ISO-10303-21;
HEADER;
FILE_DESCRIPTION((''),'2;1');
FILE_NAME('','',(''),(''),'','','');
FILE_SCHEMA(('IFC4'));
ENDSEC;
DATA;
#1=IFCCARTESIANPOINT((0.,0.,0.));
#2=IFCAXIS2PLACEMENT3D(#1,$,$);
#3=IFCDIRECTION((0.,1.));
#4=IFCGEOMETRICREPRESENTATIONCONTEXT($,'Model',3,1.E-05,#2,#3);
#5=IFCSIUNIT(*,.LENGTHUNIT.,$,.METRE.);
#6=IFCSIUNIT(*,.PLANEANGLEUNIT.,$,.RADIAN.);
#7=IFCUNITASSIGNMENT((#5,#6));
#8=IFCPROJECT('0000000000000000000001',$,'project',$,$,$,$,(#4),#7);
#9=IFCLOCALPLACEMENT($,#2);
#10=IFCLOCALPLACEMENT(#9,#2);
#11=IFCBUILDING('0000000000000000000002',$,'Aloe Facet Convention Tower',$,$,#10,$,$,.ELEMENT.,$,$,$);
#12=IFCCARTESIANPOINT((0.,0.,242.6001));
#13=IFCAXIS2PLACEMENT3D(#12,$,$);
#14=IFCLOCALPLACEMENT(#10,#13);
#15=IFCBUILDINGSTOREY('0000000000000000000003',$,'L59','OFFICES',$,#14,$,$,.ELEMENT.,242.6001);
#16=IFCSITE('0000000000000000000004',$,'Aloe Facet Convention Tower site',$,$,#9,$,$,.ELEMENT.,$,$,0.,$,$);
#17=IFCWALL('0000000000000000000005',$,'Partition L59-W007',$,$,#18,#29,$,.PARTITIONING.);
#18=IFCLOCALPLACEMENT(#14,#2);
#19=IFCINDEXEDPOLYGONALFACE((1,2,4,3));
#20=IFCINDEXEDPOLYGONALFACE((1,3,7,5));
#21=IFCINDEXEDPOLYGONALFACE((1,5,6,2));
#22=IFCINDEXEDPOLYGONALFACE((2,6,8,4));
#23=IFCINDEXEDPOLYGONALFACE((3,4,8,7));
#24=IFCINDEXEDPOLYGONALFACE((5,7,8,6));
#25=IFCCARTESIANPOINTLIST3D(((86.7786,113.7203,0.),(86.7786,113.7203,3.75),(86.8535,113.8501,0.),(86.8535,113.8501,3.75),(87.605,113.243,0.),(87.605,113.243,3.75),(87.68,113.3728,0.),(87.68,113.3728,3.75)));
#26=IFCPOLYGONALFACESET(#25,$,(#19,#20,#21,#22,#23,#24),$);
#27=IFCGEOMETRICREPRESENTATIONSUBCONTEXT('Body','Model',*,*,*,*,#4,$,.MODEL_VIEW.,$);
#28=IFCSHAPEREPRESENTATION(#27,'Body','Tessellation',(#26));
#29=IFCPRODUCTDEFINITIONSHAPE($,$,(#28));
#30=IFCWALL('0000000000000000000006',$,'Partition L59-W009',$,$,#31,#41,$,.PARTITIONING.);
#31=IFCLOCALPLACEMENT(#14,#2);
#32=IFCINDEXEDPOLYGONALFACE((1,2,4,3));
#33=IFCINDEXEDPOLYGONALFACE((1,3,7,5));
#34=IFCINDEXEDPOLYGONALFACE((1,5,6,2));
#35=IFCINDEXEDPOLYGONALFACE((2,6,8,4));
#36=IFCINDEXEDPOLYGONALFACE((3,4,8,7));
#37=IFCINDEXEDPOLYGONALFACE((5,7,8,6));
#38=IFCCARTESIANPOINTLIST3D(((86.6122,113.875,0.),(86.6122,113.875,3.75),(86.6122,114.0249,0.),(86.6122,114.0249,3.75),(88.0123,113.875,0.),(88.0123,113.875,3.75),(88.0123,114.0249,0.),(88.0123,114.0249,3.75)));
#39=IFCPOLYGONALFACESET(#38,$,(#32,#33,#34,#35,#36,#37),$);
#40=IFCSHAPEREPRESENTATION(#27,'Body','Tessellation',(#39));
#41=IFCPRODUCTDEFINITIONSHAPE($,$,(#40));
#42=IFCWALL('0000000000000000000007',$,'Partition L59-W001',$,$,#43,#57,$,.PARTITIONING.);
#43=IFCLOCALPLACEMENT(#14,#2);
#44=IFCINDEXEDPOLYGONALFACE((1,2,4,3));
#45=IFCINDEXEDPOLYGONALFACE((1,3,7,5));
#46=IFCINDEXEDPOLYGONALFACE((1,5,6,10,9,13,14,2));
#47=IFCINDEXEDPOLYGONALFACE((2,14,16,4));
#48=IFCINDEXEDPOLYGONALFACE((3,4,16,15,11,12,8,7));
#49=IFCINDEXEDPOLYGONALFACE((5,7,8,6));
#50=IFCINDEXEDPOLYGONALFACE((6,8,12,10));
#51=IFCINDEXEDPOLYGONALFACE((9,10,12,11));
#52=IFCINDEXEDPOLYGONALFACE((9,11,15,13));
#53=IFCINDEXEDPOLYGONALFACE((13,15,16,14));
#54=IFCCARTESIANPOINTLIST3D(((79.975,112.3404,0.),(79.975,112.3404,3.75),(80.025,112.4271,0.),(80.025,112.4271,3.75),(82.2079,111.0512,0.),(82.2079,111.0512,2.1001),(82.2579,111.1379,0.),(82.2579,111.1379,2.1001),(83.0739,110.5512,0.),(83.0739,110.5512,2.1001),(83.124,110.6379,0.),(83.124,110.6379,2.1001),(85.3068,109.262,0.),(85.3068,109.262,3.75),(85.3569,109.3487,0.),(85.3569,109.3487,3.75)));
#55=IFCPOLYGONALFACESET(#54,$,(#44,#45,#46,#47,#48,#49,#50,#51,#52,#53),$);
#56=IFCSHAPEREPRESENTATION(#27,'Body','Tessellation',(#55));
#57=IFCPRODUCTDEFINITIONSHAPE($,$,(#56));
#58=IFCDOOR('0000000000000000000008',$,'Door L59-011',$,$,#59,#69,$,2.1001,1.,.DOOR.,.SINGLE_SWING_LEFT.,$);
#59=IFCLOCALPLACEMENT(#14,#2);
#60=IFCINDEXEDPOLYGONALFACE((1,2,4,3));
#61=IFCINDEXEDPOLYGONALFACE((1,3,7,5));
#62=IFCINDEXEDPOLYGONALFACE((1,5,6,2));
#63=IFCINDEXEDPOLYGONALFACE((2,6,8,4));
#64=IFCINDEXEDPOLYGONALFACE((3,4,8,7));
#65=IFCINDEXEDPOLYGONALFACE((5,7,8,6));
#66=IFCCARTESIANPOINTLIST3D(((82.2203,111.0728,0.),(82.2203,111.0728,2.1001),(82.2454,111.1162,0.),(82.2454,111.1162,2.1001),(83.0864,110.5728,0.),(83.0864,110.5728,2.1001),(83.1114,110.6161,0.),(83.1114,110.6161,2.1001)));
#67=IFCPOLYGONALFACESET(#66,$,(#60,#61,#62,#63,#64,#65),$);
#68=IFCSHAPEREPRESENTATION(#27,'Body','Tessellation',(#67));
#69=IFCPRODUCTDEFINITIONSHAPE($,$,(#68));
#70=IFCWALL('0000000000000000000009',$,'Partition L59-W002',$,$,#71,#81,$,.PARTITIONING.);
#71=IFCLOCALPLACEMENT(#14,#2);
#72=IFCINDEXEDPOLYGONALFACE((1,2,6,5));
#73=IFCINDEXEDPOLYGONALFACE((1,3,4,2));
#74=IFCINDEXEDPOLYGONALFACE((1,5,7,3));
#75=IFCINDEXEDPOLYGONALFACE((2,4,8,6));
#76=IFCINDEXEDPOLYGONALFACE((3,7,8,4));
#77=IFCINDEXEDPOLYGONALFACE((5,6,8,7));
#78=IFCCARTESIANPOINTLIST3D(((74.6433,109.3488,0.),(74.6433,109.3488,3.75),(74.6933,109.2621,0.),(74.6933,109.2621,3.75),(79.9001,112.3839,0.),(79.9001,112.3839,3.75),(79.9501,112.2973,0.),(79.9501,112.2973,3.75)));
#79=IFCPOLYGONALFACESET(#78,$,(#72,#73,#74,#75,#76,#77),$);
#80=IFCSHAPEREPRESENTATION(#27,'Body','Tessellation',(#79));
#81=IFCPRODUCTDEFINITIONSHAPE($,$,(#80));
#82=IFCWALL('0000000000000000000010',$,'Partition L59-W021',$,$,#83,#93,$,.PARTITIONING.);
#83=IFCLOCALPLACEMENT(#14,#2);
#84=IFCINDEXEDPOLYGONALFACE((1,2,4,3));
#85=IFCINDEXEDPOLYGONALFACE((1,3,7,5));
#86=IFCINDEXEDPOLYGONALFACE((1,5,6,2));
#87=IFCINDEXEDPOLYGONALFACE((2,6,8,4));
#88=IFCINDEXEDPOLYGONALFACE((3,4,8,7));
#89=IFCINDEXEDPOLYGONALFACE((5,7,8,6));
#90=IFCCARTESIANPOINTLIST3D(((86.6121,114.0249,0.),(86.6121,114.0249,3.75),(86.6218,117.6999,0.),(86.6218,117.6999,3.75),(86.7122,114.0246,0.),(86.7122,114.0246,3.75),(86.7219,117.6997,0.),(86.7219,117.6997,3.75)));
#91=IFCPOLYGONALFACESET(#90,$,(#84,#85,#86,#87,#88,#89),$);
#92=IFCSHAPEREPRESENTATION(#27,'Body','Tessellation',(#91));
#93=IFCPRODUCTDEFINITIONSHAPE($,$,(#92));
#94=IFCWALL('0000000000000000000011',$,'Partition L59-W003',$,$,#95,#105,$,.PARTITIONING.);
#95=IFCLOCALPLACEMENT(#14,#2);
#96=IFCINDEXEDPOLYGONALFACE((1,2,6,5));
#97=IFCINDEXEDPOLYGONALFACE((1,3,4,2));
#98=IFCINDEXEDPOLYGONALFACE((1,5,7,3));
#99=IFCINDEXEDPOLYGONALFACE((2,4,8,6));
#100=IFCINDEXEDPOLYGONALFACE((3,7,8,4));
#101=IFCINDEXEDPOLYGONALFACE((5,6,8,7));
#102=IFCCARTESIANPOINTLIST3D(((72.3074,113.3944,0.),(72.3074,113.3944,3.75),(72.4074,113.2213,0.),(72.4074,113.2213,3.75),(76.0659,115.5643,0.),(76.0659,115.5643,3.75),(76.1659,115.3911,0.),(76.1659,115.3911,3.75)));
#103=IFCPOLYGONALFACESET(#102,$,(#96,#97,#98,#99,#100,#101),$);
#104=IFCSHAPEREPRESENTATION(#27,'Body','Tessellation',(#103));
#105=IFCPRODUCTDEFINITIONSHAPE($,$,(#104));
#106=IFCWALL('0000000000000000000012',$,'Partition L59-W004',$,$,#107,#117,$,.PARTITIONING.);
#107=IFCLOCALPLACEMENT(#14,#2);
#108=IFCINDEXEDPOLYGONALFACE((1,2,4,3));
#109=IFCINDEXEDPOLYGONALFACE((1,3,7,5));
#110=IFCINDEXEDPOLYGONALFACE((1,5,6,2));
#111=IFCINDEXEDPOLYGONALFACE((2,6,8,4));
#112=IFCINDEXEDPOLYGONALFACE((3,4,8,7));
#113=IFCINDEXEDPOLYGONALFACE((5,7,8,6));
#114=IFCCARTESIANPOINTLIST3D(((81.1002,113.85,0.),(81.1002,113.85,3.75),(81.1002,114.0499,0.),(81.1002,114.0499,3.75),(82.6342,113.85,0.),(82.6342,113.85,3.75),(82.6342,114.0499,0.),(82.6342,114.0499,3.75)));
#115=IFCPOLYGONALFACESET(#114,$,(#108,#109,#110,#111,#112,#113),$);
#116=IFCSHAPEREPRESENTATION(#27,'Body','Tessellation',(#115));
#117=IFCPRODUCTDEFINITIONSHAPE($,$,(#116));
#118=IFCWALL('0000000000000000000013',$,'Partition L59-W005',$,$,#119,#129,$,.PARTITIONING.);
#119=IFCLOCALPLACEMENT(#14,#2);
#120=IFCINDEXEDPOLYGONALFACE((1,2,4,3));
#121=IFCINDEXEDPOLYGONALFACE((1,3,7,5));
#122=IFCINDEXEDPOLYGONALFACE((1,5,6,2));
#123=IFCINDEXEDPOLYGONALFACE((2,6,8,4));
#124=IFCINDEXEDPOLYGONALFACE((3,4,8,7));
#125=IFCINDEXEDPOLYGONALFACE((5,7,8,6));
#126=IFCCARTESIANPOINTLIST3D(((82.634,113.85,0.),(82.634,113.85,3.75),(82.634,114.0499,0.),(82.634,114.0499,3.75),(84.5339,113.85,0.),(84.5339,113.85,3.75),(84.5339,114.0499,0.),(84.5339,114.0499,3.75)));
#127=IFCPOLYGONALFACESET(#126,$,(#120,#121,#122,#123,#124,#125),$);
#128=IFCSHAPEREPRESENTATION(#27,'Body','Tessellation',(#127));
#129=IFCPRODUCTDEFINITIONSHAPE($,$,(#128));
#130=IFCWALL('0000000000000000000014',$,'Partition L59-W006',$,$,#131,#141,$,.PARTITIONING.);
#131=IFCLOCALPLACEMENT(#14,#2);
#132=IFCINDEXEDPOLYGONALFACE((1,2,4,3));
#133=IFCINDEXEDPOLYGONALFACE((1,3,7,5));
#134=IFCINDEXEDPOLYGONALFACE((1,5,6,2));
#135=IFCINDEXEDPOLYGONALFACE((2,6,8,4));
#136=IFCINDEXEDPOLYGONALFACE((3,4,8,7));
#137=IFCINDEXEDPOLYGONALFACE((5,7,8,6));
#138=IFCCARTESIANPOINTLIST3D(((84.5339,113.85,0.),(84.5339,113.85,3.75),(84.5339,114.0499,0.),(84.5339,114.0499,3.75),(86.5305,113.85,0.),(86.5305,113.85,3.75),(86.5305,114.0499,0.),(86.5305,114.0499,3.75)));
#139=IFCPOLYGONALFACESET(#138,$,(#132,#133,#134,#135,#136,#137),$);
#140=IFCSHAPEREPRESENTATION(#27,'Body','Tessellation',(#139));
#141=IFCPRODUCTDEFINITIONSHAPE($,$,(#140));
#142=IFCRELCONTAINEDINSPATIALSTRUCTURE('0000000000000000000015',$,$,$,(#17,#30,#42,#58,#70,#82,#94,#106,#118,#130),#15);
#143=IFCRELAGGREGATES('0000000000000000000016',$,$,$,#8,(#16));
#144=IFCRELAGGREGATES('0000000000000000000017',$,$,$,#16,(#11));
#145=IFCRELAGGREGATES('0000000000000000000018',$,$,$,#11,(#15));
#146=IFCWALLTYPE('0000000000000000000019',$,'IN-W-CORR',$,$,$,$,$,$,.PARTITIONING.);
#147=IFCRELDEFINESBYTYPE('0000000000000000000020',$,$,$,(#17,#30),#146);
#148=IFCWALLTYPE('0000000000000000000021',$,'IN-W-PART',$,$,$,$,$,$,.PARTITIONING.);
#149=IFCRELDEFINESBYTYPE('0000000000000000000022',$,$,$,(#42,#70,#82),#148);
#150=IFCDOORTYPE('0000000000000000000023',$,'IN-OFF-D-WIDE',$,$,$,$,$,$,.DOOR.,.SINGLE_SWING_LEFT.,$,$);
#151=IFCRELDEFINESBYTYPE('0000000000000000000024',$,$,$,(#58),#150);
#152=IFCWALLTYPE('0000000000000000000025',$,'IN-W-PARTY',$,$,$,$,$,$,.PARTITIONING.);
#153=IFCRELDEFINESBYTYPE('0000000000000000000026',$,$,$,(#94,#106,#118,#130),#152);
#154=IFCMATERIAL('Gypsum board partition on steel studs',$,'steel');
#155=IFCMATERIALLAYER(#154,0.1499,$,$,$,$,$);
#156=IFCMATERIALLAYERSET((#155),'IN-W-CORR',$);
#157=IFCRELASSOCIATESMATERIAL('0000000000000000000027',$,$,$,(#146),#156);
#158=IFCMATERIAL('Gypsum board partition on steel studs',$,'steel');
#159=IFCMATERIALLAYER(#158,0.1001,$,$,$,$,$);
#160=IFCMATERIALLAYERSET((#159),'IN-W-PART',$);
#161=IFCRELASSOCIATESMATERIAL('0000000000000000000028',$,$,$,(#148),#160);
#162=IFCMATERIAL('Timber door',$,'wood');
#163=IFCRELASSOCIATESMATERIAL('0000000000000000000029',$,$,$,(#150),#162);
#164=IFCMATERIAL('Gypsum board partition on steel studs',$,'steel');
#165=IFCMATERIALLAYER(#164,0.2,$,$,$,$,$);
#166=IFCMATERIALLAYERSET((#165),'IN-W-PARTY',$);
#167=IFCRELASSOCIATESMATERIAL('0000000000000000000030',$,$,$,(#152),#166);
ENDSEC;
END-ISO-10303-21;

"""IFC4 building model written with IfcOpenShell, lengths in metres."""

from ifc_helpers import new_model, si_unit, direction, frame, frame_2d, origin, place, context, subcontext, project, spatial, rectangle, extrude, material, layer, layer_set, type_object, element, fill, save


model = new_model("IFC4")

# Units and contexts
model_context = context("Model", 3, precision=1e-05, world=origin(), true_north=direction((0.0, 1.0)))
body_context = subcontext(model_context, "Body", "Model", "MODEL_VIEW")
ifc_project = project(units=[si_unit("LENGTHUNIT", "METRE"), si_unit("PLANEANGLEUNIT", "RADIAN")], contexts=[model_context])

# Site, building, storey
site_placement = place(None, origin())
site = spatial("IfcSite", under=ifc_project, at=site_placement, Name="Aloe Facet Convention Tower site", CompositionType="ELEMENT", RefElevation=0.0)
building_placement = place(site_placement, origin())
building = spatial("IfcBuilding", under=site, at=building_placement, Name="Aloe Facet Convention Tower", CompositionType="ELEMENT")
storey_placement = place(building_placement, frame((0.0, 0.0, 242.6001)))
storey = spatial("IfcBuildingStorey", under=building, at=storey_placement, Name="L59", Description="OFFICES", CompositionType="ELEMENT", Elevation=242.6001)

# Walls
ifc_material_1 = material(Name="Gypsum board partition on steel studs", Category="steel")
ifc_layer_1 = layer(ifc_material_1, 0.1499)
ifc_layer_set_1 = layer_set([ifc_layer_1], Name="IN-W-CORR")
wall_type_1 = type_object("IfcWallType", Name="IN-W-CORR", PredefinedType="PARTITIONING", material=ifc_layer_set_1)
wall_1_placement = place(storey_placement, frame((86.8162, 113.7852, 0.0), z_axis=(0.0, 0.0, 1.0), x_axis=(0.865951, -0.500128, 0.0)))
element("IfcWall", 1, at=wall_1_placement, inside=storey, type_object=wall_type_1, Name="Partition L59-W007", PredefinedType="PARTITIONING", context=body_context, shape_type="SweptSolid", body=[
    extrude(rectangle(XDim=0.9543, YDim=0.1499, at=frame_2d((0.4771, 0.0))), origin(), (0.0, 0.0, 1.0), 3.75),
])
wall_2_placement = place(storey_placement, frame((86.6121, 113.95, 0.0), z_axis=(0.0, 0.0, 1.0), x_axis=(1.0, 0.0, 0.0)))
element("IfcWall", 2, at=wall_2_placement, inside=storey, type_object=wall_type_1, Name="Partition L59-W009", PredefinedType="PARTITIONING", context=body_context, shape_type="SweptSolid", body=[
    extrude(rectangle(XDim=1.4001, YDim=0.1499, at=frame_2d((0.7002, 0.0))), origin(), (0.0, 0.0, 1.0), 3.75),
])

# Wall, opening, door
ifc_material_2 = material(Name="Gypsum board partition on steel studs", Category="steel")
ifc_layer_2 = layer(ifc_material_2, 0.1001)
ifc_layer_set_2 = layer_set([ifc_layer_2], Name="IN-W-PART")
wall_type_2 = type_object("IfcWallType", Name="IN-W-PART", PredefinedType="PARTITIONING", material=ifc_layer_set_2)
wall_3_placement = place(storey_placement, frame((80.0, 112.3838, 0.0), z_axis=(0.0, 0.0, 1.0), x_axis=(0.866021, -0.500007, 0.0)))
wall_3 = element("IfcWall", 3, at=wall_3_placement, inside=storey, type_object=wall_type_2, Name="Partition L59-W001", PredefinedType="PARTITIONING", context=body_context, shape_type="SweptSolid", body=[
    extrude(rectangle(XDim=6.1567, YDim=0.1001, at=frame_2d((3.0784, 0.0))), origin(), (0.0, 0.0, 1.0), 3.75),
])
opening_placement = place(wall_3_placement, frame((2.5784, 0.0, 0.0)))
opening = element("IfcOpeningElement", 4, at=opening_placement, cuts=wall_3, PredefinedType="OPENING", context=body_context, shape_type="SweptSolid", body=[
    extrude(rectangle(XDim=1.0, YDim=2.1001, at=frame_2d((0.5, 1.05))), frame((0.0, 0.0601, 0.0), z_axis=(0.0, -1.0, 0.0), x_axis=(1.0, 0.0, 0.0)), (0.0, 0.0, 1.0), 0.1201),
])
ifc_material_3 = material(Name="Timber door", Category="wood")
door_type = type_object("IfcDoorType", Name="IN-OFF-D-WIDE", OperationType="SINGLE_SWING_LEFT", PredefinedType="DOOR", material=ifc_material_3)
door_placement = place(opening_placement, origin())
door = element("IfcDoor", 5, at=door_placement, inside=storey, type_object=door_type, Name="Door L59-011", OperationType="SINGLE_SWING_LEFT", OverallHeight=2.1001, OverallWidth=1.0, PredefinedType="DOOR", context=body_context, shape_type="SweptSolid", body=[
    extrude(rectangle(XDim=1.0, YDim=2.1001, at=frame_2d((0.5, 1.05))), frame((0.0, 0.0249, 0.0), z_axis=(0.0, -1.0, 0.0), x_axis=(1.0, 0.0, 0.0)), (0.0, 0.0, 1.0), 0.05),
])
fill(opening, door)

# Walls
wall_4_placement = place(storey_placement, frame((74.6682, 109.3054, 0.0), z_axis=(0.0, 0.0, 1.0), x_axis=(0.866017, 0.500015, 0.0)))
element("IfcWall", 6, at=wall_4_placement, inside=storey, type_object=wall_type_2, Name="Partition L59-W002", PredefinedType="PARTITIONING", context=body_context, shape_type="SweptSolid", body=[
    extrude(rectangle(XDim=6.0701, YDim=0.1001, at=frame_2d((3.0352, 0.0))), origin(), (0.0, 0.0, 1.0), 3.75),
])
wall_5_placement = place(storey_placement, frame((86.6621, 114.0249, 0.0), z_axis=(0.0, 0.0, 1.0), x_axis=(0.002657, 0.999996, 0.0)))
element("IfcWall", 7, at=wall_5_placement, inside=storey, type_object=wall_type_2, Name="Partition L59-W021", PredefinedType="PARTITIONING", context=body_context, shape_type="SweptSolid", body=[
    extrude(rectangle(XDim=3.675, YDim=0.1001, at=frame_2d((1.8374, 0.0))), origin(), (0.0, 0.0, 1.0), 3.75),
])
ifc_material_4 = material(Name="Gypsum board partition on steel studs", Category="steel")
ifc_layer_3 = layer(ifc_material_4, 0.2)
ifc_layer_set_3 = layer_set([ifc_layer_3], Name="IN-W-PARTY")
wall_type_3 = type_object("IfcWallType", Name="IN-W-PARTY", PredefinedType="PARTITIONING", material=ifc_layer_set_3)
wall_6_placement = place(storey_placement, frame((72.3574, 113.3079, 0.0), z_axis=(0.0, 0.0, 1.0), x_axis=(0.866033, 0.499987, 0.0)))
element("IfcWall", 8, at=wall_6_placement, inside=storey, type_object=wall_type_3, Name="Partition L59-W003", PredefinedType="PARTITIONING", context=body_context, shape_type="SweptSolid", body=[
    extrude(rectangle(XDim=4.3398, YDim=0.2, at=frame_2d((2.1699, 0.0))), origin(), (0.0, 0.0, 1.0), 3.75),
])
wall_7_placement = place(storey_placement, frame((81.1001, 113.95, 0.0), z_axis=(0.0, 0.0, 1.0), x_axis=(1.0, 0.0, 0.0)))
element("IfcWall", 9, at=wall_7_placement, inside=storey, type_object=wall_type_3, Name="Partition L59-W004", PredefinedType="PARTITIONING", context=body_context, shape_type="SweptSolid", body=[
    extrude(rectangle(XDim=1.5339, YDim=0.2, at=frame_2d((0.7671, 0.0))), origin(), (0.0, 0.0, 1.0), 3.75),
])
wall_8_placement = place(storey_placement, frame((82.634, 113.95, 0.0), z_axis=(0.0, 0.0, 1.0), x_axis=(1.0, 0.0, 0.0)))
element("IfcWall", 10, at=wall_8_placement, inside=storey, type_object=wall_type_3, Name="Partition L59-W005", PredefinedType="PARTITIONING", context=body_context, shape_type="SweptSolid", body=[
    extrude(rectangle(XDim=1.8999, YDim=0.2, at=frame_2d((0.95, 0.0))), origin(), (0.0, 0.0, 1.0), 3.75),
])
wall_9_placement = place(storey_placement, frame((84.5339, 113.95, 0.0), z_axis=(0.0, 0.0, 1.0), x_axis=(1.0, 0.0, 0.0)))
element("IfcWall", 11, at=wall_9_placement, inside=storey, type_object=wall_type_3, Name="Partition L59-W006", PredefinedType="PARTITIONING", context=body_context, shape_type="SweptSolid", body=[
    extrude(rectangle(XDim=1.9966, YDim=0.2, at=frame_2d((0.9983, 0.0))), origin(), (0.0, 0.0, 1.0), 3.75),
])

save(model, "model.ifc")
